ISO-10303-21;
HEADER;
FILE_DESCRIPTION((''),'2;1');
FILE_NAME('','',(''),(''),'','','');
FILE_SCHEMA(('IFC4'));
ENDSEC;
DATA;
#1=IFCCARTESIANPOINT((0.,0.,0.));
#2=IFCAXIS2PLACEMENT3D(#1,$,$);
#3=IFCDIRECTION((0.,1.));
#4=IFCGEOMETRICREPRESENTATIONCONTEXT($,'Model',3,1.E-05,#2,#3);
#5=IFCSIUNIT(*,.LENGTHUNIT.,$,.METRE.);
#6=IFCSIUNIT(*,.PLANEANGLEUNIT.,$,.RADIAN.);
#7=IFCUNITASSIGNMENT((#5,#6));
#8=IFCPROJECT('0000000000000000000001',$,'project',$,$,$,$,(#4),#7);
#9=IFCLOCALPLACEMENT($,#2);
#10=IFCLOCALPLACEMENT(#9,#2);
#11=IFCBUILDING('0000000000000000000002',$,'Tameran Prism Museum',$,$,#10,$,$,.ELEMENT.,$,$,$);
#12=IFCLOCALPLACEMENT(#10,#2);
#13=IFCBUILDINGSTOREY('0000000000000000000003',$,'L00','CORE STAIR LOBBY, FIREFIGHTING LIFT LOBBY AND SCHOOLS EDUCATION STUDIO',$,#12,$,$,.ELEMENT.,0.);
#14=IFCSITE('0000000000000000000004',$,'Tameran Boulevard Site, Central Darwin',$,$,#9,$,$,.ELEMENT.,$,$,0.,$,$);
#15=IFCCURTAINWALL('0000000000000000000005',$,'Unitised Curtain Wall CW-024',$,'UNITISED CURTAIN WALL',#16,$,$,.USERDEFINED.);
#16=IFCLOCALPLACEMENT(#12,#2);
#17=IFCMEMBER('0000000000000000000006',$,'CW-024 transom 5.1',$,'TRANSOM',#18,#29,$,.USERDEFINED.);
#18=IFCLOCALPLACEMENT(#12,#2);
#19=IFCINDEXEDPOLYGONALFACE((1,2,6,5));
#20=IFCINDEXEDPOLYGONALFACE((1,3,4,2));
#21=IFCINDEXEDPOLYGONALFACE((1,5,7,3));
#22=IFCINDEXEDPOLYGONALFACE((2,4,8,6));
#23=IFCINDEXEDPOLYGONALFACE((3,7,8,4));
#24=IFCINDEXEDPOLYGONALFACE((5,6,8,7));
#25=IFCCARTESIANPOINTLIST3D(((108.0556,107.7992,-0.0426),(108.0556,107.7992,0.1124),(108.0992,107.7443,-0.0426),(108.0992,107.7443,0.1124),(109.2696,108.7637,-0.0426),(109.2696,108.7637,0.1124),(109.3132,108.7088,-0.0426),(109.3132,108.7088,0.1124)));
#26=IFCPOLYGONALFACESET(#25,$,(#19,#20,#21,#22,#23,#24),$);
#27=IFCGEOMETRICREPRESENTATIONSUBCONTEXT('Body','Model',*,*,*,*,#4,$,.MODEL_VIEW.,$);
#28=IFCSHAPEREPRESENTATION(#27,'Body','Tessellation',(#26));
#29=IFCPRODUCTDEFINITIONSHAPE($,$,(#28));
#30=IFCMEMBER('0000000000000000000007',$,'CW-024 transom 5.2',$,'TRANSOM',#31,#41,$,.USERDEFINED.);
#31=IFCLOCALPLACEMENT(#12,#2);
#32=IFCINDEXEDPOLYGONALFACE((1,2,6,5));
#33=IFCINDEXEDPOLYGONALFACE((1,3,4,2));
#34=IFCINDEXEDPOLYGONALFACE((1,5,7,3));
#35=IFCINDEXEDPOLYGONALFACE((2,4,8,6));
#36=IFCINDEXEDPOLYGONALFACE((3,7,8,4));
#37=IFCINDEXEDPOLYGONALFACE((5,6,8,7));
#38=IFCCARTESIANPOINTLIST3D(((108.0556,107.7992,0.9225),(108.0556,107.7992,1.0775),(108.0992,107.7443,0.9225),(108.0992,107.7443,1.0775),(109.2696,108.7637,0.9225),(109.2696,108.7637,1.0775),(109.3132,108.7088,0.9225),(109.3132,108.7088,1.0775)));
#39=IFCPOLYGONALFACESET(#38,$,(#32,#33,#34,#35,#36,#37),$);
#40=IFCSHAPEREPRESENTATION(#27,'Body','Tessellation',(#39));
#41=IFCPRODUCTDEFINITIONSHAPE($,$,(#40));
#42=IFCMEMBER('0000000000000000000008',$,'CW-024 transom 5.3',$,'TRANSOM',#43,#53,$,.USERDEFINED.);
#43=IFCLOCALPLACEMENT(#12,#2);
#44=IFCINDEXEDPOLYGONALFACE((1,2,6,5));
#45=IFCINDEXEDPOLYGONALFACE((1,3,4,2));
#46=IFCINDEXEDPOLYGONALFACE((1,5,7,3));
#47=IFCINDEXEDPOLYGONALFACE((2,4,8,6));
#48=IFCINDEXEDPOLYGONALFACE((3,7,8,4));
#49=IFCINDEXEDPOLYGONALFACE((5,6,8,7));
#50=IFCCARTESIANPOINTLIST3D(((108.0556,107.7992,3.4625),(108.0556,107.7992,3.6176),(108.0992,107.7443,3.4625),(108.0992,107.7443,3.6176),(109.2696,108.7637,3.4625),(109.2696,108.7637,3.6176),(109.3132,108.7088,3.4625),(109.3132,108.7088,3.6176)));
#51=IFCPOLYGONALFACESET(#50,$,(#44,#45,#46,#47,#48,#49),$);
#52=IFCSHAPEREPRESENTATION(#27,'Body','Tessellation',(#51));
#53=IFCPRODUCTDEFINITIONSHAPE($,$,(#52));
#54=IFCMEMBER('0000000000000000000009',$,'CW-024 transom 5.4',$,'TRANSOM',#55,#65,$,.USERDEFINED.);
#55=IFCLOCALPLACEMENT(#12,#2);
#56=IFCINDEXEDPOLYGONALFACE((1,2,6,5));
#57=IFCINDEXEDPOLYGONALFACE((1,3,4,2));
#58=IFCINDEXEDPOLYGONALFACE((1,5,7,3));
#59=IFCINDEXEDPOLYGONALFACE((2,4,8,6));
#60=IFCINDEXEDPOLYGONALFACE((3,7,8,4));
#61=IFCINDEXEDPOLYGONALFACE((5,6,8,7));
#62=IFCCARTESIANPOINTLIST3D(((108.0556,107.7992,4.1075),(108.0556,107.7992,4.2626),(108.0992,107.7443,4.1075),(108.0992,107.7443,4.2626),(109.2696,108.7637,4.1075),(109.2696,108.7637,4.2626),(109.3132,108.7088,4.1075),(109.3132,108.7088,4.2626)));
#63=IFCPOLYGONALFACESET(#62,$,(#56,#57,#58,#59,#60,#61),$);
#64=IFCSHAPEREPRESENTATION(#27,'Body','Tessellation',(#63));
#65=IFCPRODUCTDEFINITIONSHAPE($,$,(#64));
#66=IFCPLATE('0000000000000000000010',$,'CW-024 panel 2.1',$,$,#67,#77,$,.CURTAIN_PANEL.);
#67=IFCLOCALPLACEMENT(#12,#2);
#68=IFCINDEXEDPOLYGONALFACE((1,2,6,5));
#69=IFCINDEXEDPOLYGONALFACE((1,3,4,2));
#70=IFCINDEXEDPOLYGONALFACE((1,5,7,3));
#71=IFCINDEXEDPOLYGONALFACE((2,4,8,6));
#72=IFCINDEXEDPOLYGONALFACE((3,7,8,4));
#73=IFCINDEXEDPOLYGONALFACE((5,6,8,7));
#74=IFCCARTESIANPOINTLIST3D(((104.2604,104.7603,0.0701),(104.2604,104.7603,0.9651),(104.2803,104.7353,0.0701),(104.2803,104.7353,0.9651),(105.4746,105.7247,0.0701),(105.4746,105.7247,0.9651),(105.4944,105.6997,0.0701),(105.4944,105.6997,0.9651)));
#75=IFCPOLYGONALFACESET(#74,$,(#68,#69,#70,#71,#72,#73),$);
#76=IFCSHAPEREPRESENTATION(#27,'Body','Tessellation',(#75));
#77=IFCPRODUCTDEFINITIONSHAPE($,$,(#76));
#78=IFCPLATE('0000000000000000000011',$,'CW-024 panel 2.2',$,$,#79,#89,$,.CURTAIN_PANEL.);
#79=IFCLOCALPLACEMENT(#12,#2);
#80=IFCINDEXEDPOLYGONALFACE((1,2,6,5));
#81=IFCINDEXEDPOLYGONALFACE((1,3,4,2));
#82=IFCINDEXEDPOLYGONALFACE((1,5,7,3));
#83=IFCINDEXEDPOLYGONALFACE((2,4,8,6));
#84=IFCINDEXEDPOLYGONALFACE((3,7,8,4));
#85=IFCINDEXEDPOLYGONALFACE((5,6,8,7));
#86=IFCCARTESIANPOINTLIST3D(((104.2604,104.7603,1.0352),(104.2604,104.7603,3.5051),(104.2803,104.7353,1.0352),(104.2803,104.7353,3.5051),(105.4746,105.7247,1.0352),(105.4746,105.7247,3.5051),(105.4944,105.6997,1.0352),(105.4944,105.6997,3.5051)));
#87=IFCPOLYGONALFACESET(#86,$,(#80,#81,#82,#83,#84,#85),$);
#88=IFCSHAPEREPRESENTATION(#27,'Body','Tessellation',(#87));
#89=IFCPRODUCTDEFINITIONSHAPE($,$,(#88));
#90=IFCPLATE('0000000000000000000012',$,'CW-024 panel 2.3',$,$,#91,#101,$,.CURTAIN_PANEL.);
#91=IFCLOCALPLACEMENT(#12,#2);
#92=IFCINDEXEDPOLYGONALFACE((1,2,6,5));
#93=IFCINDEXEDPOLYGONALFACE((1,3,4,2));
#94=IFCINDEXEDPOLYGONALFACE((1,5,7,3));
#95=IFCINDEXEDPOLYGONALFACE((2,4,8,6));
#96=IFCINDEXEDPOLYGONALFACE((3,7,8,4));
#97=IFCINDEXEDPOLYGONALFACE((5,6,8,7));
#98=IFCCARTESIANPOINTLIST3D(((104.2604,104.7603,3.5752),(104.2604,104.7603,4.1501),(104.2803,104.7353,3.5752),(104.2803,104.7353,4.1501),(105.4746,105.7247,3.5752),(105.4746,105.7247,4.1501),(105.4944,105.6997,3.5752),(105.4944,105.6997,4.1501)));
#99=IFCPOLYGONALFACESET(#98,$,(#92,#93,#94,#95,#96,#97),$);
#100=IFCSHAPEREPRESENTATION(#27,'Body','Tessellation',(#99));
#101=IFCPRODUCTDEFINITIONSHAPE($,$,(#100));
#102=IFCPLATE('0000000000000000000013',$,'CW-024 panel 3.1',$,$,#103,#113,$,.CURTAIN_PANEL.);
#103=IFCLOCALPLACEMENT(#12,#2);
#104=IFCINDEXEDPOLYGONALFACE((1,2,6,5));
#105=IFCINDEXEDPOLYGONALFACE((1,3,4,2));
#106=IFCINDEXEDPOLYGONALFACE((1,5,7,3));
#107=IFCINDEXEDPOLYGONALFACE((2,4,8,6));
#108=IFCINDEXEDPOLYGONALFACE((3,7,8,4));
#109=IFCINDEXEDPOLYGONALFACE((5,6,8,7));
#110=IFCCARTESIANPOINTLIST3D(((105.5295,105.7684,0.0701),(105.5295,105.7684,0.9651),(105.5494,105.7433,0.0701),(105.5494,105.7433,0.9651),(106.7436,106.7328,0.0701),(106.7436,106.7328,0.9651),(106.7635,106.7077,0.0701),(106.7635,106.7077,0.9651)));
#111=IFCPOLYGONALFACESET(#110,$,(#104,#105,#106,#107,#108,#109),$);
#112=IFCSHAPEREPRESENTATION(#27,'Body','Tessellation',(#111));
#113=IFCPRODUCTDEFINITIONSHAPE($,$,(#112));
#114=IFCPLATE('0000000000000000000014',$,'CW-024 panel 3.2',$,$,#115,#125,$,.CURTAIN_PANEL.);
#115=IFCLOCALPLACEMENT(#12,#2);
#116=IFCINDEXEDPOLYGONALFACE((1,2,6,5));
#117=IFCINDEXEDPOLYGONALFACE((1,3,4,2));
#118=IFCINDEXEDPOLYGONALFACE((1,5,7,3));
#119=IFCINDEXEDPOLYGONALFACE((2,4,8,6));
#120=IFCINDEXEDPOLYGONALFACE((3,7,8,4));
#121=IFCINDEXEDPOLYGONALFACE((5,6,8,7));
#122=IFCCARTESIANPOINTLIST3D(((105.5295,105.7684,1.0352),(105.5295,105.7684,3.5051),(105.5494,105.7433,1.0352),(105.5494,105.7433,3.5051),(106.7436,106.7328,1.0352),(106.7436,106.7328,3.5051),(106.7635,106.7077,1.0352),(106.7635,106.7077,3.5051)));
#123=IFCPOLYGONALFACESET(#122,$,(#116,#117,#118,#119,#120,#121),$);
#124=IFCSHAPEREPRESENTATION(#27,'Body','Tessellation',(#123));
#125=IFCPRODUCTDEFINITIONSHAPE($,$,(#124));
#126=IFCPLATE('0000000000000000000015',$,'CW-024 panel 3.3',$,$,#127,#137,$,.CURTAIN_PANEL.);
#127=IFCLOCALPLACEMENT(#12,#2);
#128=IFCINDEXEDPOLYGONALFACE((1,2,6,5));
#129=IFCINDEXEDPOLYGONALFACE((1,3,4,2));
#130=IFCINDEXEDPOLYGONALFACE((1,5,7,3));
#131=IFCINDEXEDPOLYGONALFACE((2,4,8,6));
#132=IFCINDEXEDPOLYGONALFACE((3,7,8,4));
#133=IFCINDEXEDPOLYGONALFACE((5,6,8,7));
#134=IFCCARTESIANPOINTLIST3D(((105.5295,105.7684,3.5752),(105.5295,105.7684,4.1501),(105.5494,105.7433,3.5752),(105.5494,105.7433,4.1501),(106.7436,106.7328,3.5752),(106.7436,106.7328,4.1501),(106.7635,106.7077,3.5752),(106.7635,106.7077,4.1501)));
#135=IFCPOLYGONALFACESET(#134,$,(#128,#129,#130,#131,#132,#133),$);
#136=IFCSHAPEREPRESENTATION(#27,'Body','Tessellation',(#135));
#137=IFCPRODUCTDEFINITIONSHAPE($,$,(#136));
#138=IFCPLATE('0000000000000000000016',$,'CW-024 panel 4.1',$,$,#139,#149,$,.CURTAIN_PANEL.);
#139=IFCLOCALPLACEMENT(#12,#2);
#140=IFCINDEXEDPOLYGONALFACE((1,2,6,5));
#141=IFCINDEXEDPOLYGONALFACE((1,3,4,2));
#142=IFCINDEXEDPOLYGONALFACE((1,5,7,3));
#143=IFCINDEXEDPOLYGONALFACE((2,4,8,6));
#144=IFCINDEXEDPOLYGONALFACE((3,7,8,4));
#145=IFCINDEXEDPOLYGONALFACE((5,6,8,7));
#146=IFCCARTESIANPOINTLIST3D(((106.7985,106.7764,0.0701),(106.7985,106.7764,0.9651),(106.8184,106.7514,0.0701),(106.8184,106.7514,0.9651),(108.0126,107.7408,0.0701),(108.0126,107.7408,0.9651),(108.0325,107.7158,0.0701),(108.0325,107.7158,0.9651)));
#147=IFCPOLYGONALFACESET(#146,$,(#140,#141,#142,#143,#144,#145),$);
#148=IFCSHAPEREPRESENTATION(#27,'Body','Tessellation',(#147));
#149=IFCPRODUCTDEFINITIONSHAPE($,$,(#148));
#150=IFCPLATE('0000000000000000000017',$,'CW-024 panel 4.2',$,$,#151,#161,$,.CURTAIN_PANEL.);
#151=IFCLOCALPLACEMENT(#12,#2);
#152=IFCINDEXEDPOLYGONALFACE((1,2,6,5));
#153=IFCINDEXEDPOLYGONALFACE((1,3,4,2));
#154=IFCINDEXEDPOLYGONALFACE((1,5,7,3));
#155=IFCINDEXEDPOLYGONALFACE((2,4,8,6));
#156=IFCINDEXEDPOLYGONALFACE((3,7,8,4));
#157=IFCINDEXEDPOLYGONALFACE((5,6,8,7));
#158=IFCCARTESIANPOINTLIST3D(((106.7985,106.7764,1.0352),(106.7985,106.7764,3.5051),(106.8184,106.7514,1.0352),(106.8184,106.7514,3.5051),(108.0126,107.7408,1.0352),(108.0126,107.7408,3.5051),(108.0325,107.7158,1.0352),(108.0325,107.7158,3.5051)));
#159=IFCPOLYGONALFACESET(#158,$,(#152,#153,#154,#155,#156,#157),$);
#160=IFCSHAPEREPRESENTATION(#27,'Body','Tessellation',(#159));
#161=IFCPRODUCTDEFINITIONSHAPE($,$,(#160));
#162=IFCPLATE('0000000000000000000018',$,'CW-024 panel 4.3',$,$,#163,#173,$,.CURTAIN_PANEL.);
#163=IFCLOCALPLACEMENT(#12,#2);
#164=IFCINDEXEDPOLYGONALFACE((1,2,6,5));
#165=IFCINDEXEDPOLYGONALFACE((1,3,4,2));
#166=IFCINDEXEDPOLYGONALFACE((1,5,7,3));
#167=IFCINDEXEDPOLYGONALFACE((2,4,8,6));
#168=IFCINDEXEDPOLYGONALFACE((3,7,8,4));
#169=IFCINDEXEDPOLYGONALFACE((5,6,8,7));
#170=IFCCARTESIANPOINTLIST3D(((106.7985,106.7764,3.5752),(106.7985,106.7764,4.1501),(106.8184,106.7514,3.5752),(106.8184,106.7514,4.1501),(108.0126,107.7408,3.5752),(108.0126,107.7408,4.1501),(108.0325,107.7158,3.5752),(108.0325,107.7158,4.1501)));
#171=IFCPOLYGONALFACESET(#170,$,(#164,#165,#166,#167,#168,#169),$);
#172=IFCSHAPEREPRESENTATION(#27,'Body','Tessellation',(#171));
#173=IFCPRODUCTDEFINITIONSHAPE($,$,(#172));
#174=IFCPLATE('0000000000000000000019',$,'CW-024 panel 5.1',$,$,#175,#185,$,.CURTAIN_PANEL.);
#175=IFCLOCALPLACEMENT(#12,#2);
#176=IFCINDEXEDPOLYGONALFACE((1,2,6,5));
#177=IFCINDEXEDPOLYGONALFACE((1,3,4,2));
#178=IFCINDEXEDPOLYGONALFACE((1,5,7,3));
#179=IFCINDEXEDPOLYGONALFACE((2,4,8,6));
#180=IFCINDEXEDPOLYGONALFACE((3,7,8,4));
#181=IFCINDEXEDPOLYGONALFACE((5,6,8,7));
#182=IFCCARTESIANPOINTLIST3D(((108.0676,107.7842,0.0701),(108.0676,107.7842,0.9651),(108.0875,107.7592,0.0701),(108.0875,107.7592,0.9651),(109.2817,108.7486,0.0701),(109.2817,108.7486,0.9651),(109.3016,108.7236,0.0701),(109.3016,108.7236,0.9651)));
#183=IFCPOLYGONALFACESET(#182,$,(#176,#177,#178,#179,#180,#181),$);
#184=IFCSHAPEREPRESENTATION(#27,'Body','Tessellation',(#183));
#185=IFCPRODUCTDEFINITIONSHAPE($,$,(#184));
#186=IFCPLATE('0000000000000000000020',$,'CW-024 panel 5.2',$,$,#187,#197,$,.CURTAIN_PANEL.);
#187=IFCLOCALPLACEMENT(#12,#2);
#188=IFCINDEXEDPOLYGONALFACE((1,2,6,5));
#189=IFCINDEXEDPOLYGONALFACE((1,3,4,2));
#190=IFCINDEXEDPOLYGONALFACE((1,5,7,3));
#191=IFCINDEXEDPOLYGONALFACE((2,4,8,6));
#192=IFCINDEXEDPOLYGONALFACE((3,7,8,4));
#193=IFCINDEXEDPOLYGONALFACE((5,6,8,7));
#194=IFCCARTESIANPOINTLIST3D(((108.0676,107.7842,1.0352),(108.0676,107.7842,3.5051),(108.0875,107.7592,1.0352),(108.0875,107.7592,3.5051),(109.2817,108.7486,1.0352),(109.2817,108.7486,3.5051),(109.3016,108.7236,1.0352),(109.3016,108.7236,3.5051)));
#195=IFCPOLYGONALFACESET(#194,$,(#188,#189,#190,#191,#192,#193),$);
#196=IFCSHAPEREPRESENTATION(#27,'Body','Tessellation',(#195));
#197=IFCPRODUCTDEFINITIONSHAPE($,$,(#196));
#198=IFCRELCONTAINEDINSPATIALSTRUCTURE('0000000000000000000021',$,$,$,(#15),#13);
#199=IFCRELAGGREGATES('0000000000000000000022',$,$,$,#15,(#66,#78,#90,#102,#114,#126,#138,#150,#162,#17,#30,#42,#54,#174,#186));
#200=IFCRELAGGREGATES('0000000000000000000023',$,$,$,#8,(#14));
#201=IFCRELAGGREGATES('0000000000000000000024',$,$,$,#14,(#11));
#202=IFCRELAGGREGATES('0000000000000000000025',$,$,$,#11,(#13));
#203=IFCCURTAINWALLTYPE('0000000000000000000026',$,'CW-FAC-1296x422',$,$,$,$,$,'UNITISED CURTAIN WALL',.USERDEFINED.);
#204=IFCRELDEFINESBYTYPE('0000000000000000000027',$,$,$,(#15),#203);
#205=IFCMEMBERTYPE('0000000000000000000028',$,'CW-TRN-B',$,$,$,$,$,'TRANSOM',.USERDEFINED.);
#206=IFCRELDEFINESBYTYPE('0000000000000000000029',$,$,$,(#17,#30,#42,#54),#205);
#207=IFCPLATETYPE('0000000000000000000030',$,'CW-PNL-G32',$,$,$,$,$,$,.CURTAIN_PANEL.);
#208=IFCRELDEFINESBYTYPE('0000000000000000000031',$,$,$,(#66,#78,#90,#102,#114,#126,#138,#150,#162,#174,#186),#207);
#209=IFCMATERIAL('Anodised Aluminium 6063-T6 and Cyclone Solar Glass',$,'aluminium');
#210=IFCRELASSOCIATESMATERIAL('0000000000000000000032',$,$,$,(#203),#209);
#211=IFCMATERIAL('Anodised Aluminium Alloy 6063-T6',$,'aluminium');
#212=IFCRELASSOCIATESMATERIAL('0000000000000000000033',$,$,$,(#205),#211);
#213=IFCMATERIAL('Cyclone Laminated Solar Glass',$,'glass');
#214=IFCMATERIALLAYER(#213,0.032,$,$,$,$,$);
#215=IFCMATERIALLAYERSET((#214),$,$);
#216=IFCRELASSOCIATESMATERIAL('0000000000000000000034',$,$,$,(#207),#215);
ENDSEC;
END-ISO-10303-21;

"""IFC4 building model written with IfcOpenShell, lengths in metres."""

from ifc_helpers import new_model, si_unit, direction, frame, origin, origin_2d, place, context, subcontext, project, spatial, rectangle, extrude, material, layer, layer_set, material_profile, profile_set, type_object, element, aggregate, save


model = new_model("IFC4")

# Units and contexts
model_context = context("Model", 3, precision=1e-05, world=origin(), true_north=direction((0.0, 1.0)))
body_context = subcontext(model_context, "Body", "Model", "MODEL_VIEW")
ifc_project = project(units=[si_unit("LENGTHUNIT", "METRE"), si_unit("PLANEANGLEUNIT", "RADIAN")], contexts=[model_context])

# Site, building, storey
site_placement = place(None, origin())
site = spatial("IfcSite", under=ifc_project, at=site_placement, Name="Tameran Boulevard Site, Central Darwin", CompositionType="ELEMENT", RefElevation=0.0)
building_placement = place(site_placement, origin())
building = spatial("IfcBuilding", under=site, at=building_placement, Name="Tameran Prism Museum", CompositionType="ELEMENT")
storey_placement = place(building_placement, origin())
storey = spatial("IfcBuildingStorey", under=building, at=storey_placement, Name="L00", Description="CORE STAIR LOBBY, FIREFIGHTING LIFT LOBBY AND SCHOOLS EDUCATION STUDIO", CompositionType="ELEMENT", Elevation=0.0)

# Curtain wall, members, plates
ifc_material_1 = material(Name="Anodised Aluminium 6063-T6 and Cyclone Solar Glass", Category="aluminium")
curtain_wall_type = type_object("IfcCurtainWallType", Name="CW-FAC-1296x422", ElementType="UNITISED CURTAIN WALL", PredefinedType="USERDEFINED", material=ifc_material_1)
curtain_wall_placement = place(storey_placement, origin())
curtain_wall = element("IfcCurtainWall", 1, at=curtain_wall_placement, inside=storey, type_object=curtain_wall_type, Name="Unitised Curtain Wall CW-024", ObjectType="UNITISED CURTAIN WALL", PredefinedType="USERDEFINED")
ifc_material_2 = material(Name="Anodised Aluminium Alloy 6063-T6", Category="aluminium")
ifc_material_profile_1 = material_profile(ifc_material_2, rectangle(XDim=0.0701, YDim=0.155, at=origin_2d()))
ifc_profile_set_1 = profile_set([ifc_material_profile_1])
member_type_1 = type_object("IfcMemberType", Name="CW-TRN-B", ElementType="TRANSOM", PredefinedType="USERDEFINED", material=ifc_profile_set_1)
member_1_placement = place(storey_placement, frame((108.0774, 107.7717, 0.0349), z_axis=(0.782969, 0.622061, 0.0), x_axis=(-0.622061, 0.782969, 0.0)))
member_1 = element("IfcMember", 2, at=member_1_placement, type_object=member_type_1, Name="CW-024 transom 5.1", ObjectType="TRANSOM", PredefinedType="USERDEFINED", context=body_context, shape_type="SweptSolid", body=[
    extrude(rectangle(XDim=0.0701, YDim=0.155, at=origin_2d()), origin(), (0.0, 0.0, 1.0), 1.5505),
])
member_2_placement = place(storey_placement, frame((108.0774, 107.7717, 1.0), z_axis=(0.782969, 0.622061, 0.0), x_axis=(-0.622061, 0.782969, 0.0)))
member_2 = element("IfcMember", 3, at=member_2_placement, type_object=member_type_1, Name="CW-024 transom 5.2", ObjectType="TRANSOM", PredefinedType="USERDEFINED", context=body_context, shape_type="SweptSolid", body=[
    extrude(rectangle(XDim=0.0701, YDim=0.155, at=origin_2d()), origin(), (0.0, 0.0, 1.0), 1.5505),
])
member_3_placement = place(storey_placement, frame((108.0774, 107.7717, 3.54), z_axis=(0.782969, 0.622061, 0.0), x_axis=(-0.622061, 0.782969, 0.0)))
member_3 = element("IfcMember", 4, at=member_3_placement, type_object=member_type_1, Name="CW-024 transom 5.3", ObjectType="TRANSOM", PredefinedType="USERDEFINED", context=body_context, shape_type="SweptSolid", body=[
    extrude(rectangle(XDim=0.0701, YDim=0.155, at=origin_2d()), origin(), (0.0, 0.0, 1.0), 1.5505),
])
member_4_placement = place(storey_placement, frame((108.0774, 107.7717, 4.1851), z_axis=(0.782969, 0.622061, 0.0), x_axis=(-0.622061, 0.782969, 0.0)))
member_4 = element("IfcMember", 5, at=member_4_placement, type_object=member_type_1, Name="CW-024 transom 5.4", ObjectType="TRANSOM", PredefinedType="USERDEFINED", context=body_context, shape_type="SweptSolid", body=[
    extrude(rectangle(XDim=0.0701, YDim=0.155, at=origin_2d()), origin(), (0.0, 0.0, 1.0), 1.5505),
])
ifc_material_3 = material(Name="Cyclone Laminated Solar Glass", Category="glass")
ifc_layer = layer(ifc_material_3, 0.032)
ifc_layer_set = layer_set([ifc_layer])
plate_type = type_object("IfcPlateType", Name="CW-PNL-G32", PredefinedType="CURTAIN_PANEL", material=ifc_layer_set)
plate_1_placement = place(storey_placement, frame((104.8774, 105.23, 0.0701), z_axis=(0.0, 0.0, 1.0), x_axis=(0.783031, 0.621982, 0.0)))
plate_1 = element("IfcPlate", 6, at=plate_1_placement, type_object=plate_type, Name="CW-024 panel 2.1", PredefinedType="CURTAIN_PANEL", context=body_context, shape_type="SweptSolid", body=[
    extrude(rectangle(XDim=1.5505, YDim=0.032, at=origin_2d()), origin(), (0.0, 0.0, 1.0), 0.895),
])
plate_2_placement = place(storey_placement, frame((104.8774, 105.23, 1.0352), z_axis=(0.0, 0.0, 1.0), x_axis=(0.783031, 0.621982, 0.0)))
plate_2 = element("IfcPlate", 7, at=plate_2_placement, type_object=plate_type, Name="CW-024 panel 2.2", PredefinedType="CURTAIN_PANEL", context=body_context, shape_type="SweptSolid", body=[
    extrude(rectangle(XDim=1.5505, YDim=0.032, at=origin_2d()), origin(), (0.0, 0.0, 1.0), 2.47),
])
plate_3_placement = place(storey_placement, frame((104.8774, 105.23, 3.5752), z_axis=(0.0, 0.0, 1.0), x_axis=(0.783031, 0.621982, 0.0)))
plate_3 = element("IfcPlate", 8, at=plate_3_placement, type_object=plate_type, Name="CW-024 panel 2.3", PredefinedType="CURTAIN_PANEL", context=body_context, shape_type="SweptSolid", body=[
    extrude(rectangle(XDim=1.5505, YDim=0.032, at=origin_2d()), origin(), (0.0, 0.0, 1.0), 0.575),
])
plate_4_placement = place(storey_placement, frame((106.1465, 106.238, 0.0701), z_axis=(0.0, 0.0, 1.0), x_axis=(0.783031, 0.621982, 0.0)))
plate_4 = element("IfcPlate", 9, at=plate_4_placement, type_object=plate_type, Name="CW-024 panel 3.1", PredefinedType="CURTAIN_PANEL", context=body_context, shape_type="SweptSolid", body=[
    extrude(rectangle(XDim=1.5505, YDim=0.032, at=origin_2d()), origin(), (0.0, 0.0, 1.0), 0.895),
])
plate_5_placement = place(storey_placement, frame((106.1465, 106.238, 1.0352), z_axis=(0.0, 0.0, 1.0), x_axis=(0.783031, 0.621982, 0.0)))
plate_5 = element("IfcPlate", 10, at=plate_5_placement, type_object=plate_type, Name="CW-024 panel 3.2", PredefinedType="CURTAIN_PANEL", context=body_context, shape_type="SweptSolid", body=[
    extrude(rectangle(XDim=1.5505, YDim=0.032, at=origin_2d()), origin(), (0.0, 0.0, 1.0), 2.47),
])
plate_6_placement = place(storey_placement, frame((106.1465, 106.238, 3.5752), z_axis=(0.0, 0.0, 1.0), x_axis=(0.783031, 0.621982, 0.0)))
plate_6 = element("IfcPlate", 11, at=plate_6_placement, type_object=plate_type, Name="CW-024 panel 3.3", PredefinedType="CURTAIN_PANEL", context=body_context, shape_type="SweptSolid", body=[
    extrude(rectangle(XDim=1.5505, YDim=0.032, at=origin_2d()), origin(), (0.0, 0.0, 1.0), 0.575),
])
plate_7_placement = place(storey_placement, frame((107.4155, 107.2461, 0.0701), z_axis=(0.0, 0.0, 1.0), x_axis=(0.783031, 0.621982, 0.0)))
plate_7 = element("IfcPlate", 12, at=plate_7_placement, type_object=plate_type, Name="CW-024 panel 4.1", PredefinedType="CURTAIN_PANEL", context=body_context, shape_type="SweptSolid", body=[
    extrude(rectangle(XDim=1.5505, YDim=0.032, at=origin_2d()), origin(), (0.0, 0.0, 1.0), 0.895),
])
plate_8_placement = place(storey_placement, frame((107.4155, 107.2461, 1.0352), z_axis=(0.0, 0.0, 1.0), x_axis=(0.783031, 0.621982, 0.0)))
plate_8 = element("IfcPlate", 13, at=plate_8_placement, type_object=plate_type, Name="CW-024 panel 4.2", PredefinedType="CURTAIN_PANEL", context=body_context, shape_type="SweptSolid", body=[
    extrude(rectangle(XDim=1.5505, YDim=0.032, at=origin_2d()), origin(), (0.0, 0.0, 1.0), 2.47),
])
plate_9_placement = place(storey_placement, frame((107.4155, 107.2461, 3.5752), z_axis=(0.0, 0.0, 1.0), x_axis=(0.783031, 0.621982, 0.0)))
plate_9 = element("IfcPlate", 14, at=plate_9_placement, type_object=plate_type, Name="CW-024 panel 4.3", PredefinedType="CURTAIN_PANEL", context=body_context, shape_type="SweptSolid", body=[
    extrude(rectangle(XDim=1.5505, YDim=0.032, at=origin_2d()), origin(), (0.0, 0.0, 1.0), 0.575),
])
plate_10_placement = place(storey_placement, frame((108.6846, 108.2539, 0.0701), z_axis=(0.0, 0.0, 1.0), x_axis=(0.783031, 0.621982, 0.0)))
plate_10 = element("IfcPlate", 15, at=plate_10_placement, type_object=plate_type, Name="CW-024 panel 5.1", PredefinedType="CURTAIN_PANEL", context=body_context, shape_type="SweptSolid", body=[
    extrude(rectangle(XDim=1.5505, YDim=0.032, at=origin_2d()), origin(), (0.0, 0.0, 1.0), 0.895),
])
plate_11_placement = place(storey_placement, frame((108.6846, 108.2539, 1.0352), z_axis=(0.0, 0.0, 1.0), x_axis=(0.783031, 0.621982, 0.0)))
plate_11 = element("IfcPlate", 16, at=plate_11_placement, type_object=plate_type, Name="CW-024 panel 5.2", PredefinedType="CURTAIN_PANEL", context=body_context, shape_type="SweptSolid", body=[
    extrude(rectangle(XDim=1.5505, YDim=0.032, at=origin_2d()), origin(), (0.0, 0.0, 1.0), 2.47),
])
aggregate(curtain_wall, [plate_1, plate_2, plate_3, plate_4, plate_5, plate_6, plate_7, plate_8, plate_9, member_1, member_2, member_3, member_4, plate_10, plate_11])

save(model, "model.ifc")
